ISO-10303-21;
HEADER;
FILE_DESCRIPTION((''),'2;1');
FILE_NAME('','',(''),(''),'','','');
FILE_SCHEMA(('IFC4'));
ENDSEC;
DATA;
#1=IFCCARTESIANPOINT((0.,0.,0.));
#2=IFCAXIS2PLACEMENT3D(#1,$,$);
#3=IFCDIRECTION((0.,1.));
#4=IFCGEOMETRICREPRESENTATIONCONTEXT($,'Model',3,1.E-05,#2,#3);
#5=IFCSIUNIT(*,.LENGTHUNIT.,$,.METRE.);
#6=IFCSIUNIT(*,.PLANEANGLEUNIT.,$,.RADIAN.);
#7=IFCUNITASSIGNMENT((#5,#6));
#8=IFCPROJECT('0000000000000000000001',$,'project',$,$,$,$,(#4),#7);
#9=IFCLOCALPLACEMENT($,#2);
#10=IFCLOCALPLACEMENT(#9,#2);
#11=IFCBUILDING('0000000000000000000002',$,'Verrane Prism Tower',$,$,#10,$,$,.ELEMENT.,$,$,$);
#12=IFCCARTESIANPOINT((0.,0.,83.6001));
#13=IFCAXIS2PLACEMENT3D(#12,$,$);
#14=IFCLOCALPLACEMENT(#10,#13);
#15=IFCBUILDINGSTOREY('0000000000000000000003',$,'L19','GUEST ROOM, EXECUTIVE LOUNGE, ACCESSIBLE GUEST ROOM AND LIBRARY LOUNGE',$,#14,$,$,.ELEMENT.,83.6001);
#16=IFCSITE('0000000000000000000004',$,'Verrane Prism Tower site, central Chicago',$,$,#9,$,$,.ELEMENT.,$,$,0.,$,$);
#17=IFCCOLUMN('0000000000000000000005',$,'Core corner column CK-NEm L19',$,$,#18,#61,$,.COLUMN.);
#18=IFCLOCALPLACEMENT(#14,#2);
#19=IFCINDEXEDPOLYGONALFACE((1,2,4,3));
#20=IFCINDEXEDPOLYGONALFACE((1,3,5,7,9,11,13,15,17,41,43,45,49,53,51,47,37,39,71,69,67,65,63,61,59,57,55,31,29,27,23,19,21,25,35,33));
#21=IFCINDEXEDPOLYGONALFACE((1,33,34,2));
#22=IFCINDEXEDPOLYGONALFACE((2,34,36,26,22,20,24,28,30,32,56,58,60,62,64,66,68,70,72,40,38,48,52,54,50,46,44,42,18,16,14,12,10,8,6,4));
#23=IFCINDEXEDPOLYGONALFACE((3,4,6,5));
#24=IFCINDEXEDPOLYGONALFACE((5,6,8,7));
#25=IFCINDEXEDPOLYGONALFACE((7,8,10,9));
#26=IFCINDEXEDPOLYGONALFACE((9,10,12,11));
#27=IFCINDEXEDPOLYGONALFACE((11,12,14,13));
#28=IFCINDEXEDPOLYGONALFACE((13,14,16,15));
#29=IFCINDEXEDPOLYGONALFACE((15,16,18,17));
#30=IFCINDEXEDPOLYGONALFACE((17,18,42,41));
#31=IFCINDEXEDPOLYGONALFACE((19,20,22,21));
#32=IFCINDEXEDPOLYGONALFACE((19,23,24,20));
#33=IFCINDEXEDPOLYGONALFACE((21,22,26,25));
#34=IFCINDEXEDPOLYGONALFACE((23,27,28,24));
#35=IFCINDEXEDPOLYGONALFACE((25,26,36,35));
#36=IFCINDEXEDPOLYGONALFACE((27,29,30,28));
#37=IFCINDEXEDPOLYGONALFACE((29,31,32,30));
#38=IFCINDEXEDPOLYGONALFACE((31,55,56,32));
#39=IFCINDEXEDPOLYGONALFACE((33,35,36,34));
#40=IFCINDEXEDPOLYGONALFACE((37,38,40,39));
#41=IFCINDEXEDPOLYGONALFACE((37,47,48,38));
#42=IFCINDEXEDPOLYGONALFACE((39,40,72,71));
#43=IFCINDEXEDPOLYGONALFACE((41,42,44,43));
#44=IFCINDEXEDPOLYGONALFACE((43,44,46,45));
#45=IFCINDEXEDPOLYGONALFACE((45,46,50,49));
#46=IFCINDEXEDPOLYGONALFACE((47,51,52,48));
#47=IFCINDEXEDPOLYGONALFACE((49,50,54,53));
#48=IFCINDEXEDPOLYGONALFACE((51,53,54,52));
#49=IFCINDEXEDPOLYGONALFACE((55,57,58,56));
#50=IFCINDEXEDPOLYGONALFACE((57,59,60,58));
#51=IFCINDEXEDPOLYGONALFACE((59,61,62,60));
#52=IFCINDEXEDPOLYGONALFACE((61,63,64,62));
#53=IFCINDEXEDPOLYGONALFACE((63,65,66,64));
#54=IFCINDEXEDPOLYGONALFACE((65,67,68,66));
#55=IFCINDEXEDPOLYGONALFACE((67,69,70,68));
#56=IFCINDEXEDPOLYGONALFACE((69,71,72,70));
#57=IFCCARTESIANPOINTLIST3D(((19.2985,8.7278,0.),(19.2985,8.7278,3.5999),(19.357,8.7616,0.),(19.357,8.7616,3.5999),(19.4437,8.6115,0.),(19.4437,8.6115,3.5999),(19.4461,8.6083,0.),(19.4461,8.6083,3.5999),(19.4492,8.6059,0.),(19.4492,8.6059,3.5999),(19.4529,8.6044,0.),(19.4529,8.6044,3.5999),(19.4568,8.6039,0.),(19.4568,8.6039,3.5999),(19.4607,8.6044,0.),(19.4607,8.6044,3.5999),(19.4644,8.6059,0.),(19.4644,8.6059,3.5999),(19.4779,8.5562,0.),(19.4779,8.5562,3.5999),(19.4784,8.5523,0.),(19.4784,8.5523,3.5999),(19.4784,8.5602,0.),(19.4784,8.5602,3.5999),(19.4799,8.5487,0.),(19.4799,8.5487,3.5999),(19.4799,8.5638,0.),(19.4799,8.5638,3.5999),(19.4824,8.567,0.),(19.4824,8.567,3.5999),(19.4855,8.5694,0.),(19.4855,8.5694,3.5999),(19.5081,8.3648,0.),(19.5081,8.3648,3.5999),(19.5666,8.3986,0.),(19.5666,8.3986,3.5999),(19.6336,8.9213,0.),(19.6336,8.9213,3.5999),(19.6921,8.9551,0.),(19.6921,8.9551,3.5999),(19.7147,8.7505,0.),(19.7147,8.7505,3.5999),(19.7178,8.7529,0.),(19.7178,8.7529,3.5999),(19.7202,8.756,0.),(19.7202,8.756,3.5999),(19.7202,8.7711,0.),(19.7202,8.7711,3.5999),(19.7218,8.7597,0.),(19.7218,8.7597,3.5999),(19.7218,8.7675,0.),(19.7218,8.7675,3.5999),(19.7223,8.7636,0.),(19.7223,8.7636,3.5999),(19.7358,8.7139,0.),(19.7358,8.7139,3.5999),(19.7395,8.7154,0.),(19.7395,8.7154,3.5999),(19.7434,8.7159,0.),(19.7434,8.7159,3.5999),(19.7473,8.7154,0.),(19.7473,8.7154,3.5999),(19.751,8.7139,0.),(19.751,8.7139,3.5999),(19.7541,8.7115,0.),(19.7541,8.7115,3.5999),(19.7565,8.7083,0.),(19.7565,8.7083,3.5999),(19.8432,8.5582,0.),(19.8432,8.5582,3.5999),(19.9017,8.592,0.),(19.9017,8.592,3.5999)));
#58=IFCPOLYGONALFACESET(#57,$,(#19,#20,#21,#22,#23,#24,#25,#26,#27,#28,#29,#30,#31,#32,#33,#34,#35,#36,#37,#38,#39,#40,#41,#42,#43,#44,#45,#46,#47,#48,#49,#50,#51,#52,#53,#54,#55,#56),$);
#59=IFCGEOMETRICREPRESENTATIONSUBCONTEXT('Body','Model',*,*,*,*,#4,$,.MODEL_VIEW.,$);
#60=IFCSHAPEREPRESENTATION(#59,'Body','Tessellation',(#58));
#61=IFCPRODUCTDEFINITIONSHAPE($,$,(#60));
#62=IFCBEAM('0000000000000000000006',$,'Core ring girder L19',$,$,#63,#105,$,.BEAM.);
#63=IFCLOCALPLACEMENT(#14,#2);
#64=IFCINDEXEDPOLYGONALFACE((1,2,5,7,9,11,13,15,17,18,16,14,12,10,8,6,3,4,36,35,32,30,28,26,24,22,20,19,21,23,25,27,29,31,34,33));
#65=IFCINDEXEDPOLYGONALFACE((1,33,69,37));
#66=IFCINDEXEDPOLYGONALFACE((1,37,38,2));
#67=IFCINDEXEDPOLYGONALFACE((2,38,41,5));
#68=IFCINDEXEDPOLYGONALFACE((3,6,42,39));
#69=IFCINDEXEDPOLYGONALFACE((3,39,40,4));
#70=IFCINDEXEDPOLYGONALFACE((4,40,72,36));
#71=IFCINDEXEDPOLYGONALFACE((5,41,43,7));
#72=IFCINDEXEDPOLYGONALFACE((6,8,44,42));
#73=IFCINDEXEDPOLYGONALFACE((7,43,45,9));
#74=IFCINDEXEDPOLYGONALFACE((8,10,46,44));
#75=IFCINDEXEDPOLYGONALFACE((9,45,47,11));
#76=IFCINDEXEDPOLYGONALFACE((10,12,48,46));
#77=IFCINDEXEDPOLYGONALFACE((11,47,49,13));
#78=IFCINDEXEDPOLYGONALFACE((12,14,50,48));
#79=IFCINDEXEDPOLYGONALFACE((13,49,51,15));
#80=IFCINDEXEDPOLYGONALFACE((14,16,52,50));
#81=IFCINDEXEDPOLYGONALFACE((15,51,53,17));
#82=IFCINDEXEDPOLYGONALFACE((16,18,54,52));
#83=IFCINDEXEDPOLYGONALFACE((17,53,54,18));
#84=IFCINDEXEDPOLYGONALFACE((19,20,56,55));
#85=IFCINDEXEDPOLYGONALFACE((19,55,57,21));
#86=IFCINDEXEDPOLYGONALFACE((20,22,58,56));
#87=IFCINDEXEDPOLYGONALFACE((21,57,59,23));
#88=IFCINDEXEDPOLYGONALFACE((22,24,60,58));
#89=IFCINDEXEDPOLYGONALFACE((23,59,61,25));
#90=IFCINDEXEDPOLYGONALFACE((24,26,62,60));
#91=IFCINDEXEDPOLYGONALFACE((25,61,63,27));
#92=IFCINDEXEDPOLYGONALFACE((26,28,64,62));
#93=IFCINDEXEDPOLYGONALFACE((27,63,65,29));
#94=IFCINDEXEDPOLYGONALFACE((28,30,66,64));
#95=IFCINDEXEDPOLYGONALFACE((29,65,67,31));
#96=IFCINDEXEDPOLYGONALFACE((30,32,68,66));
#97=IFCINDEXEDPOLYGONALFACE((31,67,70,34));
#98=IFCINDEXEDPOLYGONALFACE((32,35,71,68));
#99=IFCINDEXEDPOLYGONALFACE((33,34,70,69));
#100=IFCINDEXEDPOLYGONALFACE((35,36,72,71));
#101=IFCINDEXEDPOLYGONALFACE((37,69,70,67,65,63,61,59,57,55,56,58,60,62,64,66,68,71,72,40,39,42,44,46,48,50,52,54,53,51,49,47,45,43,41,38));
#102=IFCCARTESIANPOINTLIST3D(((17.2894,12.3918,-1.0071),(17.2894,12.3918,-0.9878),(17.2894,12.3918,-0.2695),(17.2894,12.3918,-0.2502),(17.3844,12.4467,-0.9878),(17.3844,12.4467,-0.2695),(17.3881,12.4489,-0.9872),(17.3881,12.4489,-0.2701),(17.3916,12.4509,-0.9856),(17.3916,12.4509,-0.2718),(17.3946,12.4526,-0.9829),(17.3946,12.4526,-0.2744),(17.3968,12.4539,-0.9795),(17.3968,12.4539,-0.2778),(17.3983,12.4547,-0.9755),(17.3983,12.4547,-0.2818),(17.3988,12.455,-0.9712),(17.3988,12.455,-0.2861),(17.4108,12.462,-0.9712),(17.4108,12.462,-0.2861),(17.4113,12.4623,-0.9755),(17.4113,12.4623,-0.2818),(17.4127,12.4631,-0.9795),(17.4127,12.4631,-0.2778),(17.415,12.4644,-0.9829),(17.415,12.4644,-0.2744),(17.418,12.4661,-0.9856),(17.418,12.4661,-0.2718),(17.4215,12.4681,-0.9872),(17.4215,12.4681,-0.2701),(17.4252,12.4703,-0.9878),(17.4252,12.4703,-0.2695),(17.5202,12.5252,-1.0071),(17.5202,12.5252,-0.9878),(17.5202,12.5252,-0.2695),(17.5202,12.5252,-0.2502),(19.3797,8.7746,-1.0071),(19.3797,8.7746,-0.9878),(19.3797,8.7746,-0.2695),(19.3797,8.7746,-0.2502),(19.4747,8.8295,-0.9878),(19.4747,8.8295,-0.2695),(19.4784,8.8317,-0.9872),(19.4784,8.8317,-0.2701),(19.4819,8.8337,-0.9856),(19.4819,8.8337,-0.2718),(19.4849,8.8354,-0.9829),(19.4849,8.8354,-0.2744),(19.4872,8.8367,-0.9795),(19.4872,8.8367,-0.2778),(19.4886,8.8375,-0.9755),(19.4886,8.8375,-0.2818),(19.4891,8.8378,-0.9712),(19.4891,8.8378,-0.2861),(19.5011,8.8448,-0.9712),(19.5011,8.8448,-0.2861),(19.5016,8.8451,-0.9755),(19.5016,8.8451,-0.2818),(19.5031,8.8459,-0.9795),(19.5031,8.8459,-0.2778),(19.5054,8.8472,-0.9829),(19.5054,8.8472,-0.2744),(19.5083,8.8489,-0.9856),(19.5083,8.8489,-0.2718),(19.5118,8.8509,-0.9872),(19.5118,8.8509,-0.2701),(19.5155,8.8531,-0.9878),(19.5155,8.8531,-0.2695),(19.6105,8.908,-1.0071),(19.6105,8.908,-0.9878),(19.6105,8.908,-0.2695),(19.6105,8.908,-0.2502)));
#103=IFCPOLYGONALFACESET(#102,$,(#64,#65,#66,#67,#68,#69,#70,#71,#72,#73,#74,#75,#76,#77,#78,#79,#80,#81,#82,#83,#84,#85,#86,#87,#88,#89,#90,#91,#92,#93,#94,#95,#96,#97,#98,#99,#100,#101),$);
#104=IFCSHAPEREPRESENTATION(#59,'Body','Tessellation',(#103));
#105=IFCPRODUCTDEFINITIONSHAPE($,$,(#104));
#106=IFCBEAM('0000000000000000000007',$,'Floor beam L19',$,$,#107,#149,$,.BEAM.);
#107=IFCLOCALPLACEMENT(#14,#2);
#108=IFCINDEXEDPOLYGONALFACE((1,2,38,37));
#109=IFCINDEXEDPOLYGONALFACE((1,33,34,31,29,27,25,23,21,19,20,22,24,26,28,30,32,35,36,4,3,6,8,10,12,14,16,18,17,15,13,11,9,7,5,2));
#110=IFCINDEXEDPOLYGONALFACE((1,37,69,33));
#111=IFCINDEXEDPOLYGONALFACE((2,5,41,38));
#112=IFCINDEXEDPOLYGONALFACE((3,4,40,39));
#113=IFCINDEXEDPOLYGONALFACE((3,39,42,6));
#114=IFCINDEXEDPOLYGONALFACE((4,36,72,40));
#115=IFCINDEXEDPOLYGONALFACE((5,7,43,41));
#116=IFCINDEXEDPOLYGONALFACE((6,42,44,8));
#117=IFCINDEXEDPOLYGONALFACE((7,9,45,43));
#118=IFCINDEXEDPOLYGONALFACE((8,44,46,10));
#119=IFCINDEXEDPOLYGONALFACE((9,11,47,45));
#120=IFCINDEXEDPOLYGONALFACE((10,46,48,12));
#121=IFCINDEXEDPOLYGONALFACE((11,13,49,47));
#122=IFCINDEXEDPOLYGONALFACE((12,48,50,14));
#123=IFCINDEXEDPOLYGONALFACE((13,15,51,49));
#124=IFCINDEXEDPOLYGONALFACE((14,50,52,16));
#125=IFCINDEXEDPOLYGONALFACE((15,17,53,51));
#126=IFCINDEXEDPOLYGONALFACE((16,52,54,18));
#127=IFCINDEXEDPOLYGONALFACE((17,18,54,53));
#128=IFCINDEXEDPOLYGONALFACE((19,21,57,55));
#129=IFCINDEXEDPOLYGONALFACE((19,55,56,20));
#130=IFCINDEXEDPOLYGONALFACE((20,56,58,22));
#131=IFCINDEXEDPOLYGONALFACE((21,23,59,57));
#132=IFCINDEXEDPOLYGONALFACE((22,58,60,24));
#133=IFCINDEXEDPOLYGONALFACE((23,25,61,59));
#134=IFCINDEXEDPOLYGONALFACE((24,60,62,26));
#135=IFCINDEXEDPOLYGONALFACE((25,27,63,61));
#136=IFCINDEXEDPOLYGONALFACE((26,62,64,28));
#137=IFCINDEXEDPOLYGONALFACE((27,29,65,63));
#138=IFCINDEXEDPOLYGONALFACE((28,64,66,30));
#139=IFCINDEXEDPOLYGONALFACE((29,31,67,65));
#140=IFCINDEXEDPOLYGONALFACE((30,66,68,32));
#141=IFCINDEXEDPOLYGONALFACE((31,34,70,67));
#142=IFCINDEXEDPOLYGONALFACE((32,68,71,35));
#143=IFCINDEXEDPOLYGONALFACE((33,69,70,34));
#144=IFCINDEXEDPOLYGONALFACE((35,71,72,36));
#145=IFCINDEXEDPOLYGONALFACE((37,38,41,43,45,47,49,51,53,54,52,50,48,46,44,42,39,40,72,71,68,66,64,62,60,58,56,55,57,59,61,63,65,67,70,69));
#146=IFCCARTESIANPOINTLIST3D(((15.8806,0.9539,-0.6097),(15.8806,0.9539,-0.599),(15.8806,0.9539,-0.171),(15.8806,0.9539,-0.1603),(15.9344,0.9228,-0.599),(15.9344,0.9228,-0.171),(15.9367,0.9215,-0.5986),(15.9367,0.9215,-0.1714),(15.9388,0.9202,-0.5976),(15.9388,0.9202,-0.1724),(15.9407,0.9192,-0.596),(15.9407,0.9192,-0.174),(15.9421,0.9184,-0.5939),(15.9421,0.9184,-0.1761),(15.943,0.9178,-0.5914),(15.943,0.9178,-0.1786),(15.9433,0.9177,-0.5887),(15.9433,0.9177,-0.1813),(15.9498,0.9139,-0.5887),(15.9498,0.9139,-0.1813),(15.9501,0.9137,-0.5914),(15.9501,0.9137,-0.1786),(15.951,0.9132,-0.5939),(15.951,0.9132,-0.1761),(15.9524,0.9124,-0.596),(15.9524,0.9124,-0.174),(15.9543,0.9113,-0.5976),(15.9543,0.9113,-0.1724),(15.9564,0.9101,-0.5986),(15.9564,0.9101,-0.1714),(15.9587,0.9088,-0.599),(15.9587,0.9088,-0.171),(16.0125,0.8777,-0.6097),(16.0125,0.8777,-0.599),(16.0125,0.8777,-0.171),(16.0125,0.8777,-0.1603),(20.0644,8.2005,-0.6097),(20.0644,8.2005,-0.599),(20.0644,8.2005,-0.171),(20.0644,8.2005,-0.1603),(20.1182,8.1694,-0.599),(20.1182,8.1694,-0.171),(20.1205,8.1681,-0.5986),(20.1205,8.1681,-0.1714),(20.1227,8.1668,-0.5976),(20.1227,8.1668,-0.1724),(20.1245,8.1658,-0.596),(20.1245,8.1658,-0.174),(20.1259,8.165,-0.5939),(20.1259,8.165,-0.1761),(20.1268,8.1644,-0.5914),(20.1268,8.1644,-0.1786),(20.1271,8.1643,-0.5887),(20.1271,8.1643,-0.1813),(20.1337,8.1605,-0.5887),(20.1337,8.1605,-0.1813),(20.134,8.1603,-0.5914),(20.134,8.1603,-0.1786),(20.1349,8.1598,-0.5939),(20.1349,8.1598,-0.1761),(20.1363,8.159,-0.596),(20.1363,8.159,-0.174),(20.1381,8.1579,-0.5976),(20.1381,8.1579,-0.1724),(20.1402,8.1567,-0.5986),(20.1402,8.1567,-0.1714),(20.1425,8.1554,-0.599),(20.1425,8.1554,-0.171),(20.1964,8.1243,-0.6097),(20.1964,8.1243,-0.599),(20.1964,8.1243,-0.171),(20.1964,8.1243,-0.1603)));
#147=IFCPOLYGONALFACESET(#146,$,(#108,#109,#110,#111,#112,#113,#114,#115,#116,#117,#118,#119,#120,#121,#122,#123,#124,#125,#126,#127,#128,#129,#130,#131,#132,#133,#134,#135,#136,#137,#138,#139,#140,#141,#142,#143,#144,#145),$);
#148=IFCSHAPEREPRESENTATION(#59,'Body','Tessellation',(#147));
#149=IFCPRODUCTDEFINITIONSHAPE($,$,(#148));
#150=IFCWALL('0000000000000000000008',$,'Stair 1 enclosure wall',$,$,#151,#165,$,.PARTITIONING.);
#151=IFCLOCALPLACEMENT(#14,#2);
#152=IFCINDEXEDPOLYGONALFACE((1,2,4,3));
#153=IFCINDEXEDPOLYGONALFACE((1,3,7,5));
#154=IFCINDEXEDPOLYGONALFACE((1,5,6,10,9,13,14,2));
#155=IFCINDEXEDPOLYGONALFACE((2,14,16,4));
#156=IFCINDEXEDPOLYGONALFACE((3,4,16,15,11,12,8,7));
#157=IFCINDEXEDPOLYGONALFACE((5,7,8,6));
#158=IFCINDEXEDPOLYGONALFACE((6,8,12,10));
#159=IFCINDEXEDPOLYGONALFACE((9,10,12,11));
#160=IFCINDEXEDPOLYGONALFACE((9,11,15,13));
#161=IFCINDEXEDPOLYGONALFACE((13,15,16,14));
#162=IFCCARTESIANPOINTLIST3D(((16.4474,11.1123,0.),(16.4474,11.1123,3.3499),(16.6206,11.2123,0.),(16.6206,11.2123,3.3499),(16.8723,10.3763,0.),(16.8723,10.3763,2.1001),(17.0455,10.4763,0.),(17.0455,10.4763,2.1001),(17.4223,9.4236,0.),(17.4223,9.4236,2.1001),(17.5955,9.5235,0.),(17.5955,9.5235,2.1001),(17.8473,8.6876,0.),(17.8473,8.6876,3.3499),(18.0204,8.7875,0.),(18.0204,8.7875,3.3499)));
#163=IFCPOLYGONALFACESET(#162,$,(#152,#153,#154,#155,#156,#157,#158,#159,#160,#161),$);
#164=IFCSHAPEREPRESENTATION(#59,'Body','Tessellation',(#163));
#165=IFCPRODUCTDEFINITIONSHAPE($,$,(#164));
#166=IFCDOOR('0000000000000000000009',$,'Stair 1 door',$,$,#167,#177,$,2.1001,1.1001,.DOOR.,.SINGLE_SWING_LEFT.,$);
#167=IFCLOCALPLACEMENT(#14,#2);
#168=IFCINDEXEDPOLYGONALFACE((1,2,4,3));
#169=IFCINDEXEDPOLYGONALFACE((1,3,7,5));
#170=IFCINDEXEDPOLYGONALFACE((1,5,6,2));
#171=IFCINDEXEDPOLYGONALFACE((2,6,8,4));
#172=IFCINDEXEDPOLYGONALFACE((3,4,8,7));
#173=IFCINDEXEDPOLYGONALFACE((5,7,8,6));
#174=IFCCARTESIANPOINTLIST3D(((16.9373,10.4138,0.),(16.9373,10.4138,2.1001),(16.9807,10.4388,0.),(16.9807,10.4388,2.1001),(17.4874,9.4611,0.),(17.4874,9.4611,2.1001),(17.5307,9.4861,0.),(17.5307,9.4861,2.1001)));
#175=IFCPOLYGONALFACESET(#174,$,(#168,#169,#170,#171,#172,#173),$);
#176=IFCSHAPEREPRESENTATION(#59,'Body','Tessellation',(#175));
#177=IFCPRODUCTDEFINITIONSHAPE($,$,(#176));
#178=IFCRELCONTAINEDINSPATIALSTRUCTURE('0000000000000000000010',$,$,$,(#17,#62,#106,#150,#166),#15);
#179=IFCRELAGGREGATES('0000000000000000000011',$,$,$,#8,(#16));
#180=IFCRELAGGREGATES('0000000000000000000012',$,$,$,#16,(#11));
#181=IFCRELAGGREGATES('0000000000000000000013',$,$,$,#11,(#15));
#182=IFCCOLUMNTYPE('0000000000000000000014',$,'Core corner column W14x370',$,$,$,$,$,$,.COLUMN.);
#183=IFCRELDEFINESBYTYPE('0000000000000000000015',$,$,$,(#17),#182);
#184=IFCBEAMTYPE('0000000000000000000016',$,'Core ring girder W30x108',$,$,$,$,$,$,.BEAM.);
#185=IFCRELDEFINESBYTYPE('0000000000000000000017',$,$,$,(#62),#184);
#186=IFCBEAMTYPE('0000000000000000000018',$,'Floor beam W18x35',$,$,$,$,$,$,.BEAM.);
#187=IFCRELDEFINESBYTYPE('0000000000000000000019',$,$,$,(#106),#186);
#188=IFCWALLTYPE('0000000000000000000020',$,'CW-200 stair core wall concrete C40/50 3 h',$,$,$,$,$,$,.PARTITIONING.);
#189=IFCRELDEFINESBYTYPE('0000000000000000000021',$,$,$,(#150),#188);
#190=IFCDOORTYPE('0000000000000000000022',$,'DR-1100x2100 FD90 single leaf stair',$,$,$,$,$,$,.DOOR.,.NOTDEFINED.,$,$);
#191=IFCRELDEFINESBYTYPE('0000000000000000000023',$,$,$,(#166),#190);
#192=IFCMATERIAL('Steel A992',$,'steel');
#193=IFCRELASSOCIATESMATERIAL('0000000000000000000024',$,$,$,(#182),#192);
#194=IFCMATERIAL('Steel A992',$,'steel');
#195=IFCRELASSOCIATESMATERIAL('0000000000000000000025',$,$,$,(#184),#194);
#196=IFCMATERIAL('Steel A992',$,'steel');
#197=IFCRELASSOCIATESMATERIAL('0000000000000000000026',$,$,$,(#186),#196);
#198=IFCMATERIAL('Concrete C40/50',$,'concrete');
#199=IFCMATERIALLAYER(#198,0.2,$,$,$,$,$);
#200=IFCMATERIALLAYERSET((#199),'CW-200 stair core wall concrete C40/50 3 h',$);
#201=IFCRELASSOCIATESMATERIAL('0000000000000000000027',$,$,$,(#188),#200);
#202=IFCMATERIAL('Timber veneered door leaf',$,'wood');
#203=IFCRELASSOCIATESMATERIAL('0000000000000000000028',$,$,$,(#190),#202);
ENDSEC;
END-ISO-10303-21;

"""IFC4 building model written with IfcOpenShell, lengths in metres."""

from ifc_helpers import new_model, si_unit, direction, frame, frame_2d, origin, origin_2d, place, context, subcontext, project, spatial, rectangle, i_section, extrude, material, layer, layer_set, material_profile, profile_set, type_object, element, fill, save


model = new_model("IFC4")

# Units and contexts
model_context = context("Model", 3, precision=1e-05, world=origin(), true_north=direction((0.0, 1.0)))
body_context = subcontext(model_context, "Body", "Model", "MODEL_VIEW")
ifc_project = project(units=[si_unit("LENGTHUNIT", "METRE"), si_unit("PLANEANGLEUNIT", "RADIAN")], contexts=[model_context])

# Site, building, storey
site_placement = place(None, origin())
site = spatial("IfcSite", under=ifc_project, at=site_placement, Name="Verrane Prism Tower site, central Chicago", CompositionType="ELEMENT", RefElevation=0.0)
building_placement = place(site_placement, origin())
building = spatial("IfcBuilding", under=site, at=building_placement, Name="Verrane Prism Tower", CompositionType="ELEMENT")
storey_placement = place(building_placement, frame((0.0, 0.0, 83.6001)))
storey = spatial("IfcBuildingStorey", under=building, at=storey_placement, Name="L19", Description="GUEST ROOM, EXECUTIVE LOUNGE, ACCESSIBLE GUEST ROOM AND LIBRARY LOUNGE", CompositionType="ELEMENT", Elevation=83.6001)

# Column
ifc_material_1 = material(Name="Steel A992", Category="steel")
ifc_material_profile_1 = material_profile(ifc_material_1, i_section(OverallWidth=0.4192, OverallDepth=0.4546, WebThickness=0.0422, FlangeThickness=0.0676, FilletRadius=0.0151, at=origin_2d()), Name="W14x370")
ifc_profile_set_1 = profile_set([ifc_material_profile_1], Name="Steel A992")
column_type = type_object("IfcColumnType", Name="Core corner column W14x370", PredefinedType="COLUMN", material=ifc_profile_set_1)
column_placement = place(storey_placement, frame((19.6001, 8.6599, 0.0), z_axis=(0.0, 0.0, 1.0), x_axis=(0.5, -0.866025, 0.0)))
element("IfcColumn", 1, at=column_placement, inside=storey, type_object=column_type, Name="Core corner column CK-NEm L19", PredefinedType="COLUMN", context=body_context, shape_type="SweptSolid", body=[
    extrude(i_section(OverallWidth=0.4192, OverallDepth=0.4546, WebThickness=0.0422, FlangeThickness=0.0676, FilletRadius=0.0151, at=origin_2d()), origin(), (0.0, 0.0, 1.0), 3.5999),
])

# Beams
ifc_material_2 = material(Name="Steel A992", Category="steel")
ifc_material_profile_2 = material_profile(ifc_material_2, i_section(OverallWidth=0.2666, OverallDepth=0.7568, WebThickness=0.0139, FlangeThickness=0.0193, FilletRadius=0.0166, at=origin_2d()), Name="W30x108")
ifc_profile_set_2 = profile_set([ifc_material_profile_2], Name="Steel A992")
beam_type_1 = type_object("IfcBeamType", Name="Core ring girder W30x108", PredefinedType="BEAM", material=ifc_profile_set_2)
beam_1_placement = place(storey_placement, frame((19.4951, 8.8413, -0.6287), z_axis=(-0.50035, 0.865823, 0.0), x_axis=(-0.865823, -0.50035, 0.0)))
element("IfcBeam", 2, at=beam_1_placement, inside=storey, type_object=beam_type_1, Name="Core ring girder L19", PredefinedType="BEAM", context=body_context, shape_type="SweptSolid", body=[
    extrude(i_section(OverallWidth=0.2666, OverallDepth=0.7568, WebThickness=0.0139, FlangeThickness=0.0193, FilletRadius=0.0166, at=origin_2d()), origin(), (0.0, 0.0, 1.0), 4.1777),
])
ifc_material_3 = material(Name="Steel A992", Category="steel")
ifc_material_profile_3 = material_profile(ifc_material_3, i_section(OverallWidth=0.1523, OverallDepth=0.4495, WebThickness=0.0076, FlangeThickness=0.0107, FilletRadius=0.0103, at=origin_2d()), Name="W18x35")
ifc_profile_set_3 = profile_set([ifc_material_profile_3], Name="Steel A992")
beam_type_2 = type_object("IfcBeamType", Name="Floor beam W18x35", PredefinedType="BEAM", material=ifc_profile_set_3)
beam_2_placement = place(storey_placement, frame((15.9465, 0.9158, -0.385), z_axis=(0.500002, 0.866024, 0.0), x_axis=(-0.866024, 0.500002, 0.0)))
element("IfcBeam", 3, at=beam_2_placement, inside=storey, type_object=beam_type_2, Name="Floor beam L19", PredefinedType="BEAM", context=body_context, shape_type="SweptSolid", body=[
    extrude(i_section(OverallWidth=0.1523, OverallDepth=0.4495, WebThickness=0.0076, FlangeThickness=0.0107, FilletRadius=0.0103, at=origin_2d()), origin(), (0.0, 0.0, 1.0), 8.3677),
])

# Wall, opening, door
ifc_material_4 = material(Name="Concrete C40/50", Category="concrete")
ifc_layer_1 = layer(ifc_material_4, 0.2)
ifc_layer_set_1 = layer_set([ifc_layer_1], Name="CW-200 stair core wall concrete C40/50 3 h")
wall_type_1 = type_object("IfcWallType", Name="CW-200 stair core wall concrete C40/50 3 h", PredefinedType="PARTITIONING", material=ifc_layer_set_1)
wall_1_placement = place(storey_placement, frame((17.9338, 8.7375, 0.0), z_axis=(0.0, 0.0, 1.0), x_axis=(-0.499984, 0.866035, 0.0)))
wall_1 = element("IfcWall", 4, at=wall_1_placement, inside=storey, type_object=wall_type_1, Name="Stair 1 enclosure wall", PredefinedType="PARTITIONING", context=body_context, shape_type="SweptSolid", body=[
    extrude(rectangle(XDim=2.7998, YDim=0.2, at=frame_2d((1.3999, 0.0))), origin(), (0.0, 0.0, 1.0), 3.3499),
])
opening_1_placement = place(wall_1_placement, frame((0.8499, 0.0, 0.0)))
opening_1 = element("IfcOpeningElement", 5, at=opening_1_placement, cuts=wall_1, PredefinedType="OPENING", context=body_context, shape_type="SweptSolid", body=[
    extrude(rectangle(XDim=1.1001, YDim=2.1001, at=frame_2d((0.55, 1.05))), frame((0.0, 0.1099, 0.0), z_axis=(0.0, -1.0, 0.0), x_axis=(1.0, 0.0, 0.0)), (0.0, 0.0, 1.0), 0.22),
])
ifc_material_5 = material(Name="Timber veneered door leaf", Category="wood")
door_type_1 = type_object("IfcDoorType", Name="DR-1100x2100 FD90 single leaf stair", OperationType="NOTDEFINED", PredefinedType="DOOR", material=ifc_material_5)
door_1_placement = place(opening_1_placement, origin())
door_1 = element("IfcDoor", 6, at=door_1_placement, inside=storey, type_object=door_type_1, Name="Stair 1 door", OperationType="SINGLE_SWING_LEFT", OverallHeight=2.1001, OverallWidth=1.1001, PredefinedType="DOOR", context=body_context, shape_type="SweptSolid", body=[
    extrude(rectangle(XDim=1.1001, YDim=2.1001, at=frame_2d((0.55, 1.05))), frame((0.0, 0.0249, 0.0), z_axis=(0.0, -1.0, 0.0), x_axis=(1.0, 0.0, 0.0)), (0.0, 0.0, 1.0), 0.05),
])
fill(opening_1, door_1)

save(model, "model.ifc")
